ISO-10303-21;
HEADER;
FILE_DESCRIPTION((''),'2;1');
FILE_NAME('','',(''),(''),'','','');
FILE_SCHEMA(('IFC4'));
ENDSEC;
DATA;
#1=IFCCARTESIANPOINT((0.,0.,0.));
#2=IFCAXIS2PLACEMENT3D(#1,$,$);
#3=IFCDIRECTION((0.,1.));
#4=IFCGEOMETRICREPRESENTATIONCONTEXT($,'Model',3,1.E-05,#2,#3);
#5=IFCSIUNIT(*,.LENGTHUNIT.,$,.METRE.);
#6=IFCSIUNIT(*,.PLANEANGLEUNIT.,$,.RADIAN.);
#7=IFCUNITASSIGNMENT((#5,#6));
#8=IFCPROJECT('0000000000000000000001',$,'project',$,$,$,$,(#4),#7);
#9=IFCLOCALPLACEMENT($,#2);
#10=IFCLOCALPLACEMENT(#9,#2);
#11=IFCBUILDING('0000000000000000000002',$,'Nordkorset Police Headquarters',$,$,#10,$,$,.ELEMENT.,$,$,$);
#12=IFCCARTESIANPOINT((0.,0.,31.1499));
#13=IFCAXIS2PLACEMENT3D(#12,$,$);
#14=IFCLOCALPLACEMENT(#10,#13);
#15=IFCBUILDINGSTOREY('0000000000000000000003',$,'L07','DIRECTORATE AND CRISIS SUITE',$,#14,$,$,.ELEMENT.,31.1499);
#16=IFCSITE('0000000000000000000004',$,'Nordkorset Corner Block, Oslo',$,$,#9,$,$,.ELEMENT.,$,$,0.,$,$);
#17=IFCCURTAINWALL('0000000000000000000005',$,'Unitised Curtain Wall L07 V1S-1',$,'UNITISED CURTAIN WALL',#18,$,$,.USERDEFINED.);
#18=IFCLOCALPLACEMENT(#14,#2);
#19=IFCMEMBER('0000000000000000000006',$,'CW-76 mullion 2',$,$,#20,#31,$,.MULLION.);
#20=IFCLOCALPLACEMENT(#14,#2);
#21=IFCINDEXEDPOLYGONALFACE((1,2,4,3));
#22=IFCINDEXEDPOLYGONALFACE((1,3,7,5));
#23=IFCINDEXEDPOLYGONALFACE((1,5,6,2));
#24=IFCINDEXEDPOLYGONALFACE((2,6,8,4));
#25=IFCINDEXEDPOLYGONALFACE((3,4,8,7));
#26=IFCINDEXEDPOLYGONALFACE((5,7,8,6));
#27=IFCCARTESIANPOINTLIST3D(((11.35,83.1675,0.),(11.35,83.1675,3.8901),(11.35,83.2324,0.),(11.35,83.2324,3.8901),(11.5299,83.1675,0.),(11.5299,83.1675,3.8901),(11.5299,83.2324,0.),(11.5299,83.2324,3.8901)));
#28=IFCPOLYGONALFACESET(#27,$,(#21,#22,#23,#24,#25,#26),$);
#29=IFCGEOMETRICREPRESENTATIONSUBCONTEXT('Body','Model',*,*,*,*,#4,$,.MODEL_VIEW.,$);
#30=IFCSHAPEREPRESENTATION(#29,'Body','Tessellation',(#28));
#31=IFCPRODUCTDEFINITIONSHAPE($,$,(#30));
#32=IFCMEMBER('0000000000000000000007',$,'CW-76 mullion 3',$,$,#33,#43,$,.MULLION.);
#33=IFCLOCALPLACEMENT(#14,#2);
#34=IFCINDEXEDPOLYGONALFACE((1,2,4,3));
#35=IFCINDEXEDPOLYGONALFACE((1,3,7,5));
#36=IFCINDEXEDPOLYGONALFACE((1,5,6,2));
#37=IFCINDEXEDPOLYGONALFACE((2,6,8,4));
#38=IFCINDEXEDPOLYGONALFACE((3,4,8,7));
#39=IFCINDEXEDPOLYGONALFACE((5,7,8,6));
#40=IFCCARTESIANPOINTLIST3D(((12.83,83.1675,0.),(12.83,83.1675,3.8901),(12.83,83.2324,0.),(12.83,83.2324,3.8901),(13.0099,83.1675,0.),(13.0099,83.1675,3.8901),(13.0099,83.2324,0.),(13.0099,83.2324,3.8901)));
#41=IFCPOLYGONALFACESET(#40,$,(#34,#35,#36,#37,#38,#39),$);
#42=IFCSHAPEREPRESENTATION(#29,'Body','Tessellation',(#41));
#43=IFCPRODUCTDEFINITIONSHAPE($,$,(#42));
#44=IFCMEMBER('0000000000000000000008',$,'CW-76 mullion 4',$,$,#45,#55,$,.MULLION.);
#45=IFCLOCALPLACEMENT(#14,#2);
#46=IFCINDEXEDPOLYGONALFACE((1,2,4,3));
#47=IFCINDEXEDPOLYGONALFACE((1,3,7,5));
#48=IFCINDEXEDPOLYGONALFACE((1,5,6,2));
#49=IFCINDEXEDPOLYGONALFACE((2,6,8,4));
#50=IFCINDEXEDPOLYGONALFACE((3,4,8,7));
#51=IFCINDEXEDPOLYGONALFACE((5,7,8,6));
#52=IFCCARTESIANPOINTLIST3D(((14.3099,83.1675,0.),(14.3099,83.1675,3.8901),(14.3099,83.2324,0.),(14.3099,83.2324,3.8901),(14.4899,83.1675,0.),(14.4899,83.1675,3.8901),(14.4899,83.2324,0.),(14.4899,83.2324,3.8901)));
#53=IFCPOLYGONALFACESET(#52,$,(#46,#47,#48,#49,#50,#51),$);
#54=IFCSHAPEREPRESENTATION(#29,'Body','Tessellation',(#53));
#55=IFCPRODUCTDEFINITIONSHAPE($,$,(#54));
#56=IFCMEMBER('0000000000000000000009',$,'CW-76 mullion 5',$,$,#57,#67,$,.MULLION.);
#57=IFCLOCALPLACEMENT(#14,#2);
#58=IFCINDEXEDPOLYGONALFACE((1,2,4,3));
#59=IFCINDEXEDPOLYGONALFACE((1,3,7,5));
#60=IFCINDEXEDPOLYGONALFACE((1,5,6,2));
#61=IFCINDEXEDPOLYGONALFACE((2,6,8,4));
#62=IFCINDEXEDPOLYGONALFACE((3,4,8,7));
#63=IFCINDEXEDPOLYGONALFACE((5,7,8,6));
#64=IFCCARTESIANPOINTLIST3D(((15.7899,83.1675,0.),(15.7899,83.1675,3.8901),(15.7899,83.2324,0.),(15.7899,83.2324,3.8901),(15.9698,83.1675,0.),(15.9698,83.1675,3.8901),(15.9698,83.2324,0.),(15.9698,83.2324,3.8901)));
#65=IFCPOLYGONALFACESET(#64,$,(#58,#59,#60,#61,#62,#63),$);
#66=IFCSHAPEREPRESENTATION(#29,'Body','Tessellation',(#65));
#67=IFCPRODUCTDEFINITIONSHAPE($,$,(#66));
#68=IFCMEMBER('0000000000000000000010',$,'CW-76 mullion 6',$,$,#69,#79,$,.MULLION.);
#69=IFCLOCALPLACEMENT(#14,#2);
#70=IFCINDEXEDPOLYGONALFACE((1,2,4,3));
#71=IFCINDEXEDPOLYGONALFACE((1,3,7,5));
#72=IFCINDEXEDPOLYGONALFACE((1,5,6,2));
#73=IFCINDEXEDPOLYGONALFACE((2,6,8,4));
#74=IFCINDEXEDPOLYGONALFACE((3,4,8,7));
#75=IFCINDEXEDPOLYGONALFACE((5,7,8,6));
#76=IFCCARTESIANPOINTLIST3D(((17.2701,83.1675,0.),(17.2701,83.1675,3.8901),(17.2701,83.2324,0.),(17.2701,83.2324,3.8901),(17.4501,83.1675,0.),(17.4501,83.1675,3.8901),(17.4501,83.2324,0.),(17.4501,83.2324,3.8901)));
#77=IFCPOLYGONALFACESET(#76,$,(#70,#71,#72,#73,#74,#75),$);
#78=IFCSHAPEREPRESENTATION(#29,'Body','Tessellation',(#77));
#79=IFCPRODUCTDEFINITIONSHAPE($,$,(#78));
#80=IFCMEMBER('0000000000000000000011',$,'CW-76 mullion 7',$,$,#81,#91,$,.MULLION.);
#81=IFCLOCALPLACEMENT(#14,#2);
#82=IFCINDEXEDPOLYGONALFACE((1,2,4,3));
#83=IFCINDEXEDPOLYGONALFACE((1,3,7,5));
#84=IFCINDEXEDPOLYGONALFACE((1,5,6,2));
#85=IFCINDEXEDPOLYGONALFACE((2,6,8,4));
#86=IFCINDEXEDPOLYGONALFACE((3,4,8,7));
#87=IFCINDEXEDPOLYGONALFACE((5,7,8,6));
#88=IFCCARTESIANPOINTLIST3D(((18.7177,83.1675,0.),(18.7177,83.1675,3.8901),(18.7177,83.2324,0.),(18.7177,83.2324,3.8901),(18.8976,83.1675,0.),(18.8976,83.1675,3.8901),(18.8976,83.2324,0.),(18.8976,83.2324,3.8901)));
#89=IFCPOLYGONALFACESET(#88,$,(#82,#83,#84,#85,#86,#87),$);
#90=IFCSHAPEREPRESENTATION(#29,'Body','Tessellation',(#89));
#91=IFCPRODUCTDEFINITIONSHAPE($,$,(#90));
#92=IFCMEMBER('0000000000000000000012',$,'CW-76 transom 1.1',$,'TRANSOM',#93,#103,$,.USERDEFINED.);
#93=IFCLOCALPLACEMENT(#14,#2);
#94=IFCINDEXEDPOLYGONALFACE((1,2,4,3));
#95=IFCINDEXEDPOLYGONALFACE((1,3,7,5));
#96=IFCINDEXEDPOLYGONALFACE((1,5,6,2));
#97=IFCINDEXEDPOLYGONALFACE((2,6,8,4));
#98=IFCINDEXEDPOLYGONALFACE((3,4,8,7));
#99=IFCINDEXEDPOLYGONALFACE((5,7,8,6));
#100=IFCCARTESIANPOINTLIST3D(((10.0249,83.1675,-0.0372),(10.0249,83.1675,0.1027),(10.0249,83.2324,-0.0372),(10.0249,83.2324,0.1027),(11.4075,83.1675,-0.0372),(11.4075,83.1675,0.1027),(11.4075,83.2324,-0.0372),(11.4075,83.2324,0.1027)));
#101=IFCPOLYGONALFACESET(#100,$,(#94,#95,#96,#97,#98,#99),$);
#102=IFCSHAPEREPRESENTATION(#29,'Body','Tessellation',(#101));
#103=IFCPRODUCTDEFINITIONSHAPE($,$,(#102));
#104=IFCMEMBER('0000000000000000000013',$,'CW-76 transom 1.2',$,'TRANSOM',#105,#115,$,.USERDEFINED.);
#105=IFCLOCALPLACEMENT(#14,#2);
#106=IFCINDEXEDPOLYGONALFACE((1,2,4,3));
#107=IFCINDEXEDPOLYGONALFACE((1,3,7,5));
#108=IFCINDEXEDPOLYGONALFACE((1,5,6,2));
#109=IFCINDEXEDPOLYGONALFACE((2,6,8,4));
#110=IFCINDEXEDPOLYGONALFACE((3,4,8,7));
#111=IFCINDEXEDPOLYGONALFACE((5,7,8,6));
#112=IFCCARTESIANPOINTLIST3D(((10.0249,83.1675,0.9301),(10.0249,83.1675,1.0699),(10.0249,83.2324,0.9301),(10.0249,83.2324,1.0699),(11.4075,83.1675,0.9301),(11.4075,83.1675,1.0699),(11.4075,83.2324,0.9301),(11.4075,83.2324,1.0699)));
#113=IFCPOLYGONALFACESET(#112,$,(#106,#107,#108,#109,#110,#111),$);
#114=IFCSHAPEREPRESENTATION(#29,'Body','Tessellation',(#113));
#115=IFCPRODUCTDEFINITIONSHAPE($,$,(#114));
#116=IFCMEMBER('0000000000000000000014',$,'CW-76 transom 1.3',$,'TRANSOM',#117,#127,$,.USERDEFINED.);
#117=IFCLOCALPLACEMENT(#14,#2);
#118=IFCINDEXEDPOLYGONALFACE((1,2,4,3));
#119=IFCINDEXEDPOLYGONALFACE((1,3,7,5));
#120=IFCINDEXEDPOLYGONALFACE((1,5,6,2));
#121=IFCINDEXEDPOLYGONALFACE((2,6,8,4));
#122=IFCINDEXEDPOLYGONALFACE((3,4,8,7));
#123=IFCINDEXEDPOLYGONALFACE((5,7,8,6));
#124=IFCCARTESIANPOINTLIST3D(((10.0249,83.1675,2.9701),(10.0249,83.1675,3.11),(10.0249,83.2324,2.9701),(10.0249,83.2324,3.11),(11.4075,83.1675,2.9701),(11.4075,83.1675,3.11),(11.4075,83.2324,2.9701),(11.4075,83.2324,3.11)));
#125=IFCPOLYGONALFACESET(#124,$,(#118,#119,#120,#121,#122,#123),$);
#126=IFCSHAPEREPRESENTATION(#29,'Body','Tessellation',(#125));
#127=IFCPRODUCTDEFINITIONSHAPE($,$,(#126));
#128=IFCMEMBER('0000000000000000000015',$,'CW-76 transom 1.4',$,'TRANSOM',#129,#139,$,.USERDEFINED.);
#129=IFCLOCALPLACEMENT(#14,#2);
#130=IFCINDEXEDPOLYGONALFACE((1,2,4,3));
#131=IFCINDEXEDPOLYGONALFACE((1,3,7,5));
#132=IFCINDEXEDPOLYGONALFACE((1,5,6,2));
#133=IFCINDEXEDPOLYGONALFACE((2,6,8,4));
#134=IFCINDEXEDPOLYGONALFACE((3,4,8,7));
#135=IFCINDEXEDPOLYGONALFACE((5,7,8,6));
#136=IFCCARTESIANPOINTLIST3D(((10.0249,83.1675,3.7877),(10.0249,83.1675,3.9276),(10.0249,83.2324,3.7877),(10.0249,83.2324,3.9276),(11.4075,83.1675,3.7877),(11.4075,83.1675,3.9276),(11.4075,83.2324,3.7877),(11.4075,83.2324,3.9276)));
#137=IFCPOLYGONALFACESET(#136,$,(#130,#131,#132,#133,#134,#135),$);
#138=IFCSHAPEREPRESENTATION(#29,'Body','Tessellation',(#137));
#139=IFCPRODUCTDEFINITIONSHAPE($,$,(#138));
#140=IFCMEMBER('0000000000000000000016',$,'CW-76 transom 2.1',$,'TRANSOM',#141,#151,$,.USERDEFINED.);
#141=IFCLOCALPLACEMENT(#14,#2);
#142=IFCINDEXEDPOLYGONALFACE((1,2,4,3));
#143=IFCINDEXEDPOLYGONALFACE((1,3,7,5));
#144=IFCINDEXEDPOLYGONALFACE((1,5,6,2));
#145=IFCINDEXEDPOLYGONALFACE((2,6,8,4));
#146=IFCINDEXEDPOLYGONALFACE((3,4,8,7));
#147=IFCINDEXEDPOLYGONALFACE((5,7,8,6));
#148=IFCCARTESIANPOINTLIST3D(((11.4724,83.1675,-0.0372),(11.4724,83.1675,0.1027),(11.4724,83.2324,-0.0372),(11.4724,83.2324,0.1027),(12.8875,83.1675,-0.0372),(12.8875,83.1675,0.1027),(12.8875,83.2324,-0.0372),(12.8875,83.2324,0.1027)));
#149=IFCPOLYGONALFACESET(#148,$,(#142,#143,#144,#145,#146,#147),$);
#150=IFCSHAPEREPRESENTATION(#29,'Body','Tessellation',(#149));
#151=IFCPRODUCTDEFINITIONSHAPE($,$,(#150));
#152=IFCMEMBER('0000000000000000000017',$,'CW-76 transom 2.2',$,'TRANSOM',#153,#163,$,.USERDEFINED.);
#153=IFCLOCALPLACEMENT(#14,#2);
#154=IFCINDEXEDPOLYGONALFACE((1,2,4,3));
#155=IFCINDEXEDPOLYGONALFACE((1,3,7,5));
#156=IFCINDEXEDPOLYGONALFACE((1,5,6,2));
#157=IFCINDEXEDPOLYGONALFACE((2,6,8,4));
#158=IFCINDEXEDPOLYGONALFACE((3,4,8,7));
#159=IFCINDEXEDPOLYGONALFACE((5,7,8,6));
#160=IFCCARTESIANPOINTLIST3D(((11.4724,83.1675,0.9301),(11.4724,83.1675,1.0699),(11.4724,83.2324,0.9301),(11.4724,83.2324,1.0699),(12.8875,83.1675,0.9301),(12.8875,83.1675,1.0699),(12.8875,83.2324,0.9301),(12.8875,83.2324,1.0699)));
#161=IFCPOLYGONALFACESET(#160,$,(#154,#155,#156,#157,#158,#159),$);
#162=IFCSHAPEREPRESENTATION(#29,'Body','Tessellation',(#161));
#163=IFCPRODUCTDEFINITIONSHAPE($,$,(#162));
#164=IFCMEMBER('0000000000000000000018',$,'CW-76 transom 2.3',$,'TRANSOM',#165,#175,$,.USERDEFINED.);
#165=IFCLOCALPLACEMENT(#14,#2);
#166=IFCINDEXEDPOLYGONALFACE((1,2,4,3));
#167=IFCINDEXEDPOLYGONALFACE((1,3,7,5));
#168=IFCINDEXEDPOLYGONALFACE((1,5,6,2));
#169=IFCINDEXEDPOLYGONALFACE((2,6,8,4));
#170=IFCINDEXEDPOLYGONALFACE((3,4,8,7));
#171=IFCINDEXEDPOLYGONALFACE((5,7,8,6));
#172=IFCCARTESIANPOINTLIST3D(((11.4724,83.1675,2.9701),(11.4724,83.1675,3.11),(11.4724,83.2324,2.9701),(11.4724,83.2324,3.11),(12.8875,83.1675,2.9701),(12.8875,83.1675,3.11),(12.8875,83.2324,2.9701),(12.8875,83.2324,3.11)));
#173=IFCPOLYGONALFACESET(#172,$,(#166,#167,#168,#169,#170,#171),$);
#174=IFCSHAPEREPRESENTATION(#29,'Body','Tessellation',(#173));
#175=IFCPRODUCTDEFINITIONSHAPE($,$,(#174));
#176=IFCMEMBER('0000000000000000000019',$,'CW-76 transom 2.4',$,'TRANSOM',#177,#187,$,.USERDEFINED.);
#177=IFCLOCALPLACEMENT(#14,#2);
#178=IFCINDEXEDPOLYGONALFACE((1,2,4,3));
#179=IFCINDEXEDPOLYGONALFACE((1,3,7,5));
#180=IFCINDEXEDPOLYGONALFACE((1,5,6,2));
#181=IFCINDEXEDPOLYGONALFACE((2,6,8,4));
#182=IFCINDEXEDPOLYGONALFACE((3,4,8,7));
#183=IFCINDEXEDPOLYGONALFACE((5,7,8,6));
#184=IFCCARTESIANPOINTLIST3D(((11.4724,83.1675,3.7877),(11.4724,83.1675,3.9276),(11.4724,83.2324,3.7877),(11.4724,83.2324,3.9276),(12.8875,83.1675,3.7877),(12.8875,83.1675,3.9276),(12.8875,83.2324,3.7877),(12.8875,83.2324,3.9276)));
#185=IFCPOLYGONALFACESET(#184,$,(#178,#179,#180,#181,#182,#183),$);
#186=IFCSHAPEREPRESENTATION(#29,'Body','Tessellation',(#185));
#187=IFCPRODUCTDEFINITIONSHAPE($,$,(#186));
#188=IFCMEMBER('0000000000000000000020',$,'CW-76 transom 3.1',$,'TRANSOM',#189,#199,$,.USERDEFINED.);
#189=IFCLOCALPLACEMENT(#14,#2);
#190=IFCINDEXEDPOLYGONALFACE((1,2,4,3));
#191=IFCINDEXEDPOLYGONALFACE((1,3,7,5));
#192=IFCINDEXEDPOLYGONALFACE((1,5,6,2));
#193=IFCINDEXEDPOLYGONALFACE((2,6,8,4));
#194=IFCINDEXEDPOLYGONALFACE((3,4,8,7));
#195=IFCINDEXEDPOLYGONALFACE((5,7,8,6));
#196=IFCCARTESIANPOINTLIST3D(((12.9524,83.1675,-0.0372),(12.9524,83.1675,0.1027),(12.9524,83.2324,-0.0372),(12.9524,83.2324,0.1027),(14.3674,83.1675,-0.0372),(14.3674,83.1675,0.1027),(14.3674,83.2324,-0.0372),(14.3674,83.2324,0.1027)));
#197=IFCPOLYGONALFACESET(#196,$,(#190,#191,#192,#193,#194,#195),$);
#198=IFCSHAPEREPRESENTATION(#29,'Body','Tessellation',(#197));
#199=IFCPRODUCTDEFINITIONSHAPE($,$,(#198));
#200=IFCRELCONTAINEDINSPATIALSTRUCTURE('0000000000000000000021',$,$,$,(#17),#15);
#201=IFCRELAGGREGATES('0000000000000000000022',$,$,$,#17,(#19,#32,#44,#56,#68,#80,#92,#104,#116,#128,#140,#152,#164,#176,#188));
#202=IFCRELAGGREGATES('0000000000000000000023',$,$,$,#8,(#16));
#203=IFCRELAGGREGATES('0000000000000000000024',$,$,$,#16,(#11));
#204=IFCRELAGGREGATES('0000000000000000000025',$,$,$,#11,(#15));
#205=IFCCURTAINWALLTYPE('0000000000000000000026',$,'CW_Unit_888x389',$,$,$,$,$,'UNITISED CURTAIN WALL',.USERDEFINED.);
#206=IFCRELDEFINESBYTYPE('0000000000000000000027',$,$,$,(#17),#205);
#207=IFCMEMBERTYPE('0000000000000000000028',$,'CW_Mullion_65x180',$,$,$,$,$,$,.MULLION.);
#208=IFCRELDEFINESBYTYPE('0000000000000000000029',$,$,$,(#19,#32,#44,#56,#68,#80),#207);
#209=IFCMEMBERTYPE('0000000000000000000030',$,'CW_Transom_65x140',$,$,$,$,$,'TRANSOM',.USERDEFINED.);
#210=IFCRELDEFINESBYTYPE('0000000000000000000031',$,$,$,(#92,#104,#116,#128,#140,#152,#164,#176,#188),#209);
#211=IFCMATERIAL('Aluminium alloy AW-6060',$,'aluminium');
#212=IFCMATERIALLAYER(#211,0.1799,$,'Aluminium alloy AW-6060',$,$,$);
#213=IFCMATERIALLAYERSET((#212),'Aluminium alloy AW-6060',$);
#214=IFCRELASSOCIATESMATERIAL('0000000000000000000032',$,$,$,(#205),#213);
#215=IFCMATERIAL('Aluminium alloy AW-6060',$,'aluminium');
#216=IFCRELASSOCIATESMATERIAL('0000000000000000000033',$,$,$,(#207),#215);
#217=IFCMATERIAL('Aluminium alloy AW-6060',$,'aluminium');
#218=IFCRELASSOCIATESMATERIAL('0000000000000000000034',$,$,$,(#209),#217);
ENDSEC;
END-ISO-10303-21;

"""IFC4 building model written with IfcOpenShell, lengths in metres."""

from ifc_helpers import new_model, si_unit, direction, frame, origin, origin_2d, place, context, subcontext, project, spatial, rectangle, extrude, material, layer, layer_set, material_profile, profile_set, type_object, element, aggregate, save


model = new_model("IFC4")

# Units and contexts
model_context = context("Model", 3, precision=1e-05, world=origin(), true_north=direction((0.0, 1.0)))
body_context = subcontext(model_context, "Body", "Model", "MODEL_VIEW")
ifc_project = project(units=[si_unit("LENGTHUNIT", "METRE"), si_unit("PLANEANGLEUNIT", "RADIAN")], contexts=[model_context])

# Site, building, storey
site_placement = place(None, origin())
site = spatial("IfcSite", under=ifc_project, at=site_placement, Name="Nordkorset Corner Block, Oslo", CompositionType="ELEMENT", RefElevation=0.0)
building_placement = place(site_placement, origin())
building = spatial("IfcBuilding", under=site, at=building_placement, Name="Nordkorset Police Headquarters", CompositionType="ELEMENT")
storey_placement = place(building_placement, frame((0.0, 0.0, 31.1499)))
storey = spatial("IfcBuildingStorey", under=building, at=storey_placement, Name="L07", Description="DIRECTORATE AND CRISIS SUITE", CompositionType="ELEMENT", Elevation=31.1499)

# Curtain wall, members
ifc_material_1 = material(Name="Aluminium alloy AW-6060", Category="aluminium")
ifc_layer_1 = layer(ifc_material_1, 0.1799, Name="Aluminium alloy AW-6060")
ifc_layer_set_1 = layer_set([ifc_layer_1], Name="Aluminium alloy AW-6060")
curtain_wall_type = type_object("IfcCurtainWallType", Name="CW_Unit_888x389", ElementType="UNITISED CURTAIN WALL", PredefinedType="USERDEFINED", material=ifc_layer_set_1)
curtain_wall_placement = place(storey_placement, origin())
curtain_wall = element("IfcCurtainWall", 1, at=curtain_wall_placement, inside=storey, type_object=curtain_wall_type, Name="Unitised Curtain Wall L07 V1S-1", ObjectType="UNITISED CURTAIN WALL", PredefinedType="USERDEFINED")
ifc_material_2 = material(Name="Aluminium alloy AW-6060", Category="aluminium")
ifc_material_profile_1 = material_profile(ifc_material_2, rectangle(XDim=0.0649, YDim=0.1799, at=origin_2d()), Name="ALU MULL 65x180")
ifc_profile_set_1 = profile_set([ifc_material_profile_1], Name="Aluminium alloy AW-6060")
member_type_1 = type_object("IfcMemberType", Name="CW_Mullion_65x180", PredefinedType="MULLION", material=ifc_profile_set_1)
member_1_placement = place(storey_placement, frame((11.4399, 83.2, 0.0), z_axis=(0.0, 0.0, 1.0), x_axis=(0.0, 1.0, 0.0)))
member_1 = element("IfcMember", 2, at=member_1_placement, type_object=member_type_1, Name="CW-76 mullion 2", PredefinedType="MULLION", context=body_context, shape_type="SweptSolid", body=[
    extrude(rectangle(XDim=0.0649, YDim=0.1799, at=origin_2d()), origin(), (0.0, 0.0, 1.0), 3.8901),
])
member_2_placement = place(storey_placement, frame((12.9199, 83.2, 0.0), z_axis=(0.0, 0.0, 1.0), x_axis=(0.0, 1.0, 0.0)))
member_2 = element("IfcMember", 3, at=member_2_placement, type_object=member_type_1, Name="CW-76 mullion 3", PredefinedType="MULLION", context=body_context, shape_type="SweptSolid", body=[
    extrude(rectangle(XDim=0.0649, YDim=0.1799, at=origin_2d()), origin(), (0.0, 0.0, 1.0), 3.8901),
])
member_3_placement = place(storey_placement, frame((14.3999, 83.2, 0.0), z_axis=(0.0, 0.0, 1.0), x_axis=(0.0, 1.0, 0.0)))
member_3 = element("IfcMember", 4, at=member_3_placement, type_object=member_type_1, Name="CW-76 mullion 4", PredefinedType="MULLION", context=body_context, shape_type="SweptSolid", body=[
    extrude(rectangle(XDim=0.0649, YDim=0.1799, at=origin_2d()), origin(), (0.0, 0.0, 1.0), 3.8901),
])
member_4_placement = place(storey_placement, frame((15.8799, 83.2, 0.0), z_axis=(0.0, 0.0, 1.0), x_axis=(0.0, 1.0, 0.0)))
member_4 = element("IfcMember", 5, at=member_4_placement, type_object=member_type_1, Name="CW-76 mullion 5", PredefinedType="MULLION", context=body_context, shape_type="SweptSolid", body=[
    extrude(rectangle(XDim=0.0649, YDim=0.1799, at=origin_2d()), origin(), (0.0, 0.0, 1.0), 3.8901),
])
member_5_placement = place(storey_placement, frame((17.3601, 83.2, 0.0), z_axis=(0.0, 0.0, 1.0), x_axis=(0.0, 1.0, 0.0)))
member_5 = element("IfcMember", 6, at=member_5_placement, type_object=member_type_1, Name="CW-76 mullion 6", PredefinedType="MULLION", context=body_context, shape_type="SweptSolid", body=[
    extrude(rectangle(XDim=0.0649, YDim=0.1799, at=origin_2d()), origin(), (0.0, 0.0, 1.0), 3.8901),
])
member_6_placement = place(storey_placement, frame((18.8076, 83.2, 0.0), z_axis=(0.0, 0.0, 1.0), x_axis=(0.0, 1.0, 0.0)))
member_6 = element("IfcMember", 7, at=member_6_placement, type_object=member_type_1, Name="CW-76 mullion 7", PredefinedType="MULLION", context=body_context, shape_type="SweptSolid", body=[
    extrude(rectangle(XDim=0.0649, YDim=0.1799, at=origin_2d()), origin(), (0.0, 0.0, 1.0), 3.8901),
])
ifc_material_3 = material(Name="Aluminium alloy AW-6060", Category="aluminium")
ifc_material_profile_2 = material_profile(ifc_material_3, rectangle(XDim=0.0649, YDim=0.1399, at=origin_2d()), Name="ALU TRAN 65x140")
ifc_profile_set_2 = profile_set([ifc_material_profile_2], Name="Aluminium alloy AW-6060")
member_type_2 = type_object("IfcMemberType", Name="CW_Transom_65x140", ElementType="TRANSOM", PredefinedType="USERDEFINED", material=ifc_profile_set_2)
member_7_placement = place(storey_placement, frame((10.0249, 83.2, 0.0327), z_axis=(1.0, 0.0, 0.0), x_axis=(0.0, 1.0, 0.0)))
member_7 = element("IfcMember", 8, at=member_7_placement, type_object=member_type_2, Name="CW-76 transom 1.1", ObjectType="TRANSOM", PredefinedType="USERDEFINED", context=body_context, shape_type="SweptSolid", body=[
    extrude(rectangle(XDim=0.0649, YDim=0.1399, at=origin_2d()), origin(), (0.0, 0.0, 1.0), 1.3826),
])
member_8_placement = place(storey_placement, frame((10.0249, 83.2, 1.0), z_axis=(1.0, 0.0, 0.0), x_axis=(0.0, 1.0, 0.0)))
member_8 = element("IfcMember", 9, at=member_8_placement, type_object=member_type_2, Name="CW-76 transom 1.2", ObjectType="TRANSOM", PredefinedType="USERDEFINED", context=body_context, shape_type="SweptSolid", body=[
    extrude(rectangle(XDim=0.0649, YDim=0.1399, at=origin_2d()), origin(), (0.0, 0.0, 1.0), 1.3826),
])
member_9_placement = place(storey_placement, frame((10.0249, 83.2, 3.04), z_axis=(1.0, 0.0, 0.0), x_axis=(0.0, 1.0, 0.0)))
member_9 = element("IfcMember", 10, at=member_9_placement, type_object=member_type_2, Name="CW-76 transom 1.3", ObjectType="TRANSOM", PredefinedType="USERDEFINED", context=body_context, shape_type="SweptSolid", body=[
    extrude(rectangle(XDim=0.0649, YDim=0.1399, at=origin_2d()), origin(), (0.0, 0.0, 1.0), 1.3826),
])
member_10_placement = place(storey_placement, frame((10.0249, 83.2, 3.8577), z_axis=(1.0, 0.0, 0.0), x_axis=(0.0, 1.0, 0.0)))
member_10 = element("IfcMember", 11, at=member_10_placement, type_object=member_type_2, Name="CW-76 transom 1.4", ObjectType="TRANSOM", PredefinedType="USERDEFINED", context=body_context, shape_type="SweptSolid", body=[
    extrude(rectangle(XDim=0.0649, YDim=0.1399, at=origin_2d()), origin(), (0.0, 0.0, 1.0), 1.3826),
])
member_11_placement = place(storey_placement, frame((11.4724, 83.2, 0.0327), z_axis=(1.0, 0.0, 0.0), x_axis=(0.0, 1.0, 0.0)))
member_11 = element("IfcMember", 12, at=member_11_placement, type_object=member_type_2, Name="CW-76 transom 2.1", ObjectType="TRANSOM", PredefinedType="USERDEFINED", context=body_context, shape_type="SweptSolid", body=[
    extrude(rectangle(XDim=0.0649, YDim=0.1399, at=origin_2d()), origin(), (0.0, 0.0, 1.0), 1.415),
])
member_12_placement = place(storey_placement, frame((11.4724, 83.2, 1.0), z_axis=(1.0, 0.0, 0.0), x_axis=(0.0, 1.0, 0.0)))
member_12 = element("IfcMember", 13, at=member_12_placement, type_object=member_type_2, Name="CW-76 transom 2.2", ObjectType="TRANSOM", PredefinedType="USERDEFINED", context=body_context, shape_type="SweptSolid", body=[
    extrude(rectangle(XDim=0.0649, YDim=0.1399, at=origin_2d()), origin(), (0.0, 0.0, 1.0), 1.415),
])
member_13_placement = place(storey_placement, frame((11.4724, 83.2, 3.04), z_axis=(1.0, 0.0, 0.0), x_axis=(0.0, 1.0, 0.0)))
member_13 = element("IfcMember", 14, at=member_13_placement, type_object=member_type_2, Name="CW-76 transom 2.3", ObjectType="TRANSOM", PredefinedType="USERDEFINED", context=body_context, shape_type="SweptSolid", body=[
    extrude(rectangle(XDim=0.0649, YDim=0.1399, at=origin_2d()), origin(), (0.0, 0.0, 1.0), 1.415),
])
member_14_placement = place(storey_placement, frame((11.4724, 83.2, 3.8577), z_axis=(1.0, 0.0, 0.0), x_axis=(0.0, 1.0, 0.0)))
member_14 = element("IfcMember", 15, at=member_14_placement, type_object=member_type_2, Name="CW-76 transom 2.4", ObjectType="TRANSOM", PredefinedType="USERDEFINED", context=body_context, shape_type="SweptSolid", body=[
    extrude(rectangle(XDim=0.0649, YDim=0.1399, at=origin_2d()), origin(), (0.0, 0.0, 1.0), 1.415),
])
member_15_placement = place(storey_placement, frame((12.9524, 83.2, 0.0327), z_axis=(1.0, 0.0, 0.0), x_axis=(0.0, 1.0, 0.0)))
member_15 = element("IfcMember", 16, at=member_15_placement, type_object=member_type_2, Name="CW-76 transom 3.1", ObjectType="TRANSOM", PredefinedType="USERDEFINED", context=body_context, shape_type="SweptSolid", body=[
    extrude(rectangle(XDim=0.0649, YDim=0.1399, at=origin_2d()), origin(), (0.0, 0.0, 1.0), 1.415),
])
aggregate(curtain_wall, [member_1, member_2, member_3, member_4, member_5, member_6, member_7, member_8, member_9, member_10, member_11, member_12, member_13, member_14, member_15])

save(model, "model.ifc")
